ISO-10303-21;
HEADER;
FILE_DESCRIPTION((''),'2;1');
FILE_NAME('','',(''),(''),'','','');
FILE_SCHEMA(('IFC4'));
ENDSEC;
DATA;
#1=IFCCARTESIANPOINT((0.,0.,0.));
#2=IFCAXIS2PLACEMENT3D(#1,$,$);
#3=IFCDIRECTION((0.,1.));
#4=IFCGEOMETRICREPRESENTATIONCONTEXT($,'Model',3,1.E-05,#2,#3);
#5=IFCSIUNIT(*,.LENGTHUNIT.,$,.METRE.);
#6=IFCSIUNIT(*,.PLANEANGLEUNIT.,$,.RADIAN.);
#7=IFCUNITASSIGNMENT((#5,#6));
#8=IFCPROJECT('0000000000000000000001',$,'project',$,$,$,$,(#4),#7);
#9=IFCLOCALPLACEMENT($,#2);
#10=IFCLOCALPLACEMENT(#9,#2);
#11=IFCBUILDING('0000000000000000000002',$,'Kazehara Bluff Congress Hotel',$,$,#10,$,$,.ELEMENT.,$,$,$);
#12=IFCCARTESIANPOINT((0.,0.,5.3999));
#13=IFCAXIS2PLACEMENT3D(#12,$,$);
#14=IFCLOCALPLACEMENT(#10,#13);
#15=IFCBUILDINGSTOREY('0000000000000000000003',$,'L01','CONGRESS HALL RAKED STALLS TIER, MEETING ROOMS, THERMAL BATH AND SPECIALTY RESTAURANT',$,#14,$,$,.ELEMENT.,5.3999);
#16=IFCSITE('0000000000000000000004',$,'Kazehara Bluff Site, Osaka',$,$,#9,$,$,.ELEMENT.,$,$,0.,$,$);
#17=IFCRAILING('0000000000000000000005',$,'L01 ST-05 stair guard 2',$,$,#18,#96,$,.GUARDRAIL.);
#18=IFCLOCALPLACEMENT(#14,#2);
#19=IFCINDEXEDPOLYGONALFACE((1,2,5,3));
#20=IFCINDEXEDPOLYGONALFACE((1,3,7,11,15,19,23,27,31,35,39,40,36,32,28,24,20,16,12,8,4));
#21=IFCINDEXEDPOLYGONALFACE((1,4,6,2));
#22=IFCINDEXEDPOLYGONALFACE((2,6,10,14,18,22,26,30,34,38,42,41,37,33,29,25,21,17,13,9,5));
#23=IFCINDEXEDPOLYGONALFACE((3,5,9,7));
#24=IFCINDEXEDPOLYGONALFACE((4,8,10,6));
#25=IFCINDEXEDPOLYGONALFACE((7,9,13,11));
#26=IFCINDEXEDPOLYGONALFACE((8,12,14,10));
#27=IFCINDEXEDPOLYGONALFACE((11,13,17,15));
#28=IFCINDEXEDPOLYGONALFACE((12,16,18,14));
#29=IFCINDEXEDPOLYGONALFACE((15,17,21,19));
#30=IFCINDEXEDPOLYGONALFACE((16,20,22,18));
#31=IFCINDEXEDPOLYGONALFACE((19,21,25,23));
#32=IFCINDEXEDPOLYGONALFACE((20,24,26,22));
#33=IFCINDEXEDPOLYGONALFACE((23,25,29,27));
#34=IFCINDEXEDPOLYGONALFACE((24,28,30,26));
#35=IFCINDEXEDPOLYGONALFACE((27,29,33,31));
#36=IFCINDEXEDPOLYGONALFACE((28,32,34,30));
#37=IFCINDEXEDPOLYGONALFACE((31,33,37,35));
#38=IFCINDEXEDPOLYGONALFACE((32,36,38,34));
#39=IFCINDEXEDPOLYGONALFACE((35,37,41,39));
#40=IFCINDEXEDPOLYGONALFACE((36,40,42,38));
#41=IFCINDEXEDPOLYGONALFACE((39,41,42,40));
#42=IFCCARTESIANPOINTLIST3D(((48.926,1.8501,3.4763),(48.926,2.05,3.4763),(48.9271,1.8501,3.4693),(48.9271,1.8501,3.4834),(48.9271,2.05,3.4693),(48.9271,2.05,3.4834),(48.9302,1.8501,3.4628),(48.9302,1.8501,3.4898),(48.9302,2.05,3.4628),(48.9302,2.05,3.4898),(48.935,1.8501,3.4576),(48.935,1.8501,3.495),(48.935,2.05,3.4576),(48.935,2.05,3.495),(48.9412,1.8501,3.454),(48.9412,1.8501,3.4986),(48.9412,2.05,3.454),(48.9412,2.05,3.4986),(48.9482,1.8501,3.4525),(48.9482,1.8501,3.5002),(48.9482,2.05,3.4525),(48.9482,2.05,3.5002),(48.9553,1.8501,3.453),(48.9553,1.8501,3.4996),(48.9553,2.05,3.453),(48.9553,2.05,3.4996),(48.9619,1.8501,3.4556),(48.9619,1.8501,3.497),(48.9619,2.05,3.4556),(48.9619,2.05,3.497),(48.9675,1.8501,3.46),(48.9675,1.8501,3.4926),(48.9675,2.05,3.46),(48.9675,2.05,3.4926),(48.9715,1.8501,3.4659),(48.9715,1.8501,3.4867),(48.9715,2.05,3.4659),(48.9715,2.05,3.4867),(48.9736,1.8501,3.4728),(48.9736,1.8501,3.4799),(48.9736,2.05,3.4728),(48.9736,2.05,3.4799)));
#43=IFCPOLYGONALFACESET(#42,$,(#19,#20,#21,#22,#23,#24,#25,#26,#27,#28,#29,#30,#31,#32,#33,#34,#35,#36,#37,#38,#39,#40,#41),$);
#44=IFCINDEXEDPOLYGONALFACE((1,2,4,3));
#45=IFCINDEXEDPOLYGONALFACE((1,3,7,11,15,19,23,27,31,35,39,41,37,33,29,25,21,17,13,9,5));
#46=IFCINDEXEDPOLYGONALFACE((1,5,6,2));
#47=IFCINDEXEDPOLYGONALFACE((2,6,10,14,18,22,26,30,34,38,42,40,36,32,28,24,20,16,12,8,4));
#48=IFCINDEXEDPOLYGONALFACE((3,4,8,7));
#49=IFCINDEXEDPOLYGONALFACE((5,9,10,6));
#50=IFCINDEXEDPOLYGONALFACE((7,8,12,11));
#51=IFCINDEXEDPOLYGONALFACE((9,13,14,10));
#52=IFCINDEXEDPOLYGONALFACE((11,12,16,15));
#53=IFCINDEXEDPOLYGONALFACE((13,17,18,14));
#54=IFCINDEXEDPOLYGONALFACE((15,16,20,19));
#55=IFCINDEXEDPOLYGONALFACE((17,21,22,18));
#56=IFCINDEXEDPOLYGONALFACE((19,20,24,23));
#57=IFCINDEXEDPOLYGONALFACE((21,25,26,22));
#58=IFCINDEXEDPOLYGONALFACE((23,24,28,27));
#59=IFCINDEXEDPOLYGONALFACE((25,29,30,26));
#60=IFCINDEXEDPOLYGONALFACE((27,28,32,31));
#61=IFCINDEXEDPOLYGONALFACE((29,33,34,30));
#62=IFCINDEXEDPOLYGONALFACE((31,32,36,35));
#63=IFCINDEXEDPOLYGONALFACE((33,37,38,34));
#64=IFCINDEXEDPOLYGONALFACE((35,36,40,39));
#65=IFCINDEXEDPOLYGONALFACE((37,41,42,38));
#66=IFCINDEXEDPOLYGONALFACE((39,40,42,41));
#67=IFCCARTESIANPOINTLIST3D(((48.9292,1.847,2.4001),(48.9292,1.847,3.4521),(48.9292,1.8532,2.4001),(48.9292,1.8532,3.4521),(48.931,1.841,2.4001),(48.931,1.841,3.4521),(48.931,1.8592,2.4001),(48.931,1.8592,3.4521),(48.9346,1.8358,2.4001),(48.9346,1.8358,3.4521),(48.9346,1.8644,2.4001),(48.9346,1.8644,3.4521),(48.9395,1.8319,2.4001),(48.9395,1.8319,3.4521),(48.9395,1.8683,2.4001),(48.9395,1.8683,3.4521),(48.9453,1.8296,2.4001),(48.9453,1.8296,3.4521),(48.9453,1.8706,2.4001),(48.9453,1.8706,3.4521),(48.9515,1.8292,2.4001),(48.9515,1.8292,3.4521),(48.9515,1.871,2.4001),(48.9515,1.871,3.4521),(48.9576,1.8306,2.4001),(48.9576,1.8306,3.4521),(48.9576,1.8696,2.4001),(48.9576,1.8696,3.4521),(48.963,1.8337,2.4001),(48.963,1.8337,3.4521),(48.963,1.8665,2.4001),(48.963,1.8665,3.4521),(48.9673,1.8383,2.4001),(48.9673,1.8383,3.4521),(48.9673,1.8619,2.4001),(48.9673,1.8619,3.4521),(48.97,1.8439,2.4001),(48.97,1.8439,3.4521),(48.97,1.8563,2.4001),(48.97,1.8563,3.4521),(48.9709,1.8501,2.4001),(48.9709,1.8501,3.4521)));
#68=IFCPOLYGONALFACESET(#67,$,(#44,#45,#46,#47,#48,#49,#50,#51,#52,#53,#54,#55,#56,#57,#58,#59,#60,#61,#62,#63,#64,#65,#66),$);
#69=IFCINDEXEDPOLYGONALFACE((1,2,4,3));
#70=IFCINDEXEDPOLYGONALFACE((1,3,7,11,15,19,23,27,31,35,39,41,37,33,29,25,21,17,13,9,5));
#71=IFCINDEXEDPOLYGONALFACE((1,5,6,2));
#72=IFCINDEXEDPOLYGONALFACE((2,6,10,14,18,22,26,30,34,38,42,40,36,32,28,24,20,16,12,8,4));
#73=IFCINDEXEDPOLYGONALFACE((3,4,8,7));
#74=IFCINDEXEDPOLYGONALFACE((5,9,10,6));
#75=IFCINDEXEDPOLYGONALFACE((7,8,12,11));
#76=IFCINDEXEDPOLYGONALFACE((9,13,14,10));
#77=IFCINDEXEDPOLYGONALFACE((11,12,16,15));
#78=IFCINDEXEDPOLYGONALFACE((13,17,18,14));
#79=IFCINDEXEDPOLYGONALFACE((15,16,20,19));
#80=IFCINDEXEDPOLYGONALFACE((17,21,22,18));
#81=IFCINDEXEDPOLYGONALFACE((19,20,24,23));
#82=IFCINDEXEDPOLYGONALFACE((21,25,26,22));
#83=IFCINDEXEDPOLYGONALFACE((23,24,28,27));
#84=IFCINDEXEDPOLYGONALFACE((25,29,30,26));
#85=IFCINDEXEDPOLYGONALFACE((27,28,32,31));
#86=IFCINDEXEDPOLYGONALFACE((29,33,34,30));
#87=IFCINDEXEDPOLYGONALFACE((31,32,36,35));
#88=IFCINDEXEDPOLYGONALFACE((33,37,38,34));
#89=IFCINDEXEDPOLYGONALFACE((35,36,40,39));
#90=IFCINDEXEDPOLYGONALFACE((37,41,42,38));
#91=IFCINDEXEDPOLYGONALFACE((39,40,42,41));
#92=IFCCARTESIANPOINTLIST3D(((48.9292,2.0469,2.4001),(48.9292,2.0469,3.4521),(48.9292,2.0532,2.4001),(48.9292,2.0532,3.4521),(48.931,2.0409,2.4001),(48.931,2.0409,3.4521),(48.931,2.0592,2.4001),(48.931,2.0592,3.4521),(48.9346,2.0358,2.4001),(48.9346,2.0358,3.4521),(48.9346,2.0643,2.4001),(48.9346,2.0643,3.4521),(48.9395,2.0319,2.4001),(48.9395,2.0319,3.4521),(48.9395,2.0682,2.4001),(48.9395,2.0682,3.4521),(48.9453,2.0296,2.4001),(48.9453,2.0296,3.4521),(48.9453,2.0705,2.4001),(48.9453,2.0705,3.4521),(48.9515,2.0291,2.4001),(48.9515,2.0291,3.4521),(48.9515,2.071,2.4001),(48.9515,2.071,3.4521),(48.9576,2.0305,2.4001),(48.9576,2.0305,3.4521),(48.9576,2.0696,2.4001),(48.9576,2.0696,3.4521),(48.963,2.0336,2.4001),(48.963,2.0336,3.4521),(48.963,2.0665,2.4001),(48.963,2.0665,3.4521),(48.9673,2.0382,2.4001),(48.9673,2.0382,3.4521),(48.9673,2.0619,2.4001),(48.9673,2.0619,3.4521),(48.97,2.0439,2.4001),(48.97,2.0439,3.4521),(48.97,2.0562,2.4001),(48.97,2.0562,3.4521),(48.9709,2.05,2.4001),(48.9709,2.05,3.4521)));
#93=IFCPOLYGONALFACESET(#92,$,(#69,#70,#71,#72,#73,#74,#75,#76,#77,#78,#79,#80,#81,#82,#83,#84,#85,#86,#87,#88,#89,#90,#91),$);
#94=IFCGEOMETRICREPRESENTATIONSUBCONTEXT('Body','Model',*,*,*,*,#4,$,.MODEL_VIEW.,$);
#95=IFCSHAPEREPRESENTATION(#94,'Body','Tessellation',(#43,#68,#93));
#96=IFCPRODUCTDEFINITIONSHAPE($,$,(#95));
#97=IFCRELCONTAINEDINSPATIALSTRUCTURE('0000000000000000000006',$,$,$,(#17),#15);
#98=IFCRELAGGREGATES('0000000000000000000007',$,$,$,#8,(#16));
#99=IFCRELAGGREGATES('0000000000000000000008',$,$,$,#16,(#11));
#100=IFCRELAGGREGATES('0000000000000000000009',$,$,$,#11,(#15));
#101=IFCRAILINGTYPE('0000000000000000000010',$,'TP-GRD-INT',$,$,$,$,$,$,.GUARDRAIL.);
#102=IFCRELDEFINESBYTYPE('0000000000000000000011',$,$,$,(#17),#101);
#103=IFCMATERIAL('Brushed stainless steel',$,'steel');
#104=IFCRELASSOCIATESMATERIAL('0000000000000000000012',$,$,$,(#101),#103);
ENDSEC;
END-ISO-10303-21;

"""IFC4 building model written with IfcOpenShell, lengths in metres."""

from ifc_helpers import new_model, si_unit, direction, frame, origin, origin_2d, place, context, subcontext, project, spatial, circle, extrude, material, type_object, element, save


model = new_model("IFC4")

# Units and contexts
model_context = context("Model", 3, precision=1e-05, world=origin(), true_north=direction((0.0, 1.0)))
body_context = subcontext(model_context, "Body", "Model", "MODEL_VIEW")
ifc_project = project(units=[si_unit("LENGTHUNIT", "METRE"), si_unit("PLANEANGLEUNIT", "RADIAN")], contexts=[model_context])

# Site, building, storey
site_placement = place(None, origin())
site = spatial("IfcSite", under=ifc_project, at=site_placement, Name="Kazehara Bluff Site, Osaka", CompositionType="ELEMENT", RefElevation=0.0)
building_placement = place(site_placement, origin())
building = spatial("IfcBuilding", under=site, at=building_placement, Name="Kazehara Bluff Congress Hotel", CompositionType="ELEMENT")
storey_placement = place(building_placement, frame((0.0, 0.0, 5.3999)))
storey = spatial("IfcBuildingStorey", under=building, at=storey_placement, Name="L01", Description="CONGRESS HALL RAKED STALLS TIER, MEETING ROOMS, THERMAL BATH AND SPECIALTY RESTAURANT", CompositionType="ELEMENT", Elevation=5.3999)

# Railing
ifc_material_1 = material(Name="Brushed stainless steel", Category="steel")
railing_type_1 = type_object("IfcRailingType", Name="TP-GRD-INT", PredefinedType="GUARDRAIL", material=ifc_material_1)
railing_1_placement = place(storey_placement, frame((48.95, 1.8501, 2.4001)))
element("IfcRailing", 1, at=railing_1_placement, inside=storey, type_object=railing_type_1, Name="L01 ST-05 stair guard 2", PredefinedType="GUARDRAIL", context=body_context, shape_type="SweptSolid", body=[
    extrude(circle(Radius=0.0239, at=origin_2d()), frame((0.0, 0.0, 1.0762), z_axis=(0.0, 1.0, 0.0), x_axis=(-1.0, 0.0, 0.0)), (0.0, 0.0, 1.0), 0.2),
    extrude(circle(Radius=0.021, at=origin_2d()), origin(), (0.0, 0.0, 1.0), 1.052),
    extrude(circle(Radius=0.021, at=origin_2d()), frame((0.0, 0.2, 0.0)), (0.0, 0.0, 1.0), 1.052),
])

save(model, "model.ifc")
